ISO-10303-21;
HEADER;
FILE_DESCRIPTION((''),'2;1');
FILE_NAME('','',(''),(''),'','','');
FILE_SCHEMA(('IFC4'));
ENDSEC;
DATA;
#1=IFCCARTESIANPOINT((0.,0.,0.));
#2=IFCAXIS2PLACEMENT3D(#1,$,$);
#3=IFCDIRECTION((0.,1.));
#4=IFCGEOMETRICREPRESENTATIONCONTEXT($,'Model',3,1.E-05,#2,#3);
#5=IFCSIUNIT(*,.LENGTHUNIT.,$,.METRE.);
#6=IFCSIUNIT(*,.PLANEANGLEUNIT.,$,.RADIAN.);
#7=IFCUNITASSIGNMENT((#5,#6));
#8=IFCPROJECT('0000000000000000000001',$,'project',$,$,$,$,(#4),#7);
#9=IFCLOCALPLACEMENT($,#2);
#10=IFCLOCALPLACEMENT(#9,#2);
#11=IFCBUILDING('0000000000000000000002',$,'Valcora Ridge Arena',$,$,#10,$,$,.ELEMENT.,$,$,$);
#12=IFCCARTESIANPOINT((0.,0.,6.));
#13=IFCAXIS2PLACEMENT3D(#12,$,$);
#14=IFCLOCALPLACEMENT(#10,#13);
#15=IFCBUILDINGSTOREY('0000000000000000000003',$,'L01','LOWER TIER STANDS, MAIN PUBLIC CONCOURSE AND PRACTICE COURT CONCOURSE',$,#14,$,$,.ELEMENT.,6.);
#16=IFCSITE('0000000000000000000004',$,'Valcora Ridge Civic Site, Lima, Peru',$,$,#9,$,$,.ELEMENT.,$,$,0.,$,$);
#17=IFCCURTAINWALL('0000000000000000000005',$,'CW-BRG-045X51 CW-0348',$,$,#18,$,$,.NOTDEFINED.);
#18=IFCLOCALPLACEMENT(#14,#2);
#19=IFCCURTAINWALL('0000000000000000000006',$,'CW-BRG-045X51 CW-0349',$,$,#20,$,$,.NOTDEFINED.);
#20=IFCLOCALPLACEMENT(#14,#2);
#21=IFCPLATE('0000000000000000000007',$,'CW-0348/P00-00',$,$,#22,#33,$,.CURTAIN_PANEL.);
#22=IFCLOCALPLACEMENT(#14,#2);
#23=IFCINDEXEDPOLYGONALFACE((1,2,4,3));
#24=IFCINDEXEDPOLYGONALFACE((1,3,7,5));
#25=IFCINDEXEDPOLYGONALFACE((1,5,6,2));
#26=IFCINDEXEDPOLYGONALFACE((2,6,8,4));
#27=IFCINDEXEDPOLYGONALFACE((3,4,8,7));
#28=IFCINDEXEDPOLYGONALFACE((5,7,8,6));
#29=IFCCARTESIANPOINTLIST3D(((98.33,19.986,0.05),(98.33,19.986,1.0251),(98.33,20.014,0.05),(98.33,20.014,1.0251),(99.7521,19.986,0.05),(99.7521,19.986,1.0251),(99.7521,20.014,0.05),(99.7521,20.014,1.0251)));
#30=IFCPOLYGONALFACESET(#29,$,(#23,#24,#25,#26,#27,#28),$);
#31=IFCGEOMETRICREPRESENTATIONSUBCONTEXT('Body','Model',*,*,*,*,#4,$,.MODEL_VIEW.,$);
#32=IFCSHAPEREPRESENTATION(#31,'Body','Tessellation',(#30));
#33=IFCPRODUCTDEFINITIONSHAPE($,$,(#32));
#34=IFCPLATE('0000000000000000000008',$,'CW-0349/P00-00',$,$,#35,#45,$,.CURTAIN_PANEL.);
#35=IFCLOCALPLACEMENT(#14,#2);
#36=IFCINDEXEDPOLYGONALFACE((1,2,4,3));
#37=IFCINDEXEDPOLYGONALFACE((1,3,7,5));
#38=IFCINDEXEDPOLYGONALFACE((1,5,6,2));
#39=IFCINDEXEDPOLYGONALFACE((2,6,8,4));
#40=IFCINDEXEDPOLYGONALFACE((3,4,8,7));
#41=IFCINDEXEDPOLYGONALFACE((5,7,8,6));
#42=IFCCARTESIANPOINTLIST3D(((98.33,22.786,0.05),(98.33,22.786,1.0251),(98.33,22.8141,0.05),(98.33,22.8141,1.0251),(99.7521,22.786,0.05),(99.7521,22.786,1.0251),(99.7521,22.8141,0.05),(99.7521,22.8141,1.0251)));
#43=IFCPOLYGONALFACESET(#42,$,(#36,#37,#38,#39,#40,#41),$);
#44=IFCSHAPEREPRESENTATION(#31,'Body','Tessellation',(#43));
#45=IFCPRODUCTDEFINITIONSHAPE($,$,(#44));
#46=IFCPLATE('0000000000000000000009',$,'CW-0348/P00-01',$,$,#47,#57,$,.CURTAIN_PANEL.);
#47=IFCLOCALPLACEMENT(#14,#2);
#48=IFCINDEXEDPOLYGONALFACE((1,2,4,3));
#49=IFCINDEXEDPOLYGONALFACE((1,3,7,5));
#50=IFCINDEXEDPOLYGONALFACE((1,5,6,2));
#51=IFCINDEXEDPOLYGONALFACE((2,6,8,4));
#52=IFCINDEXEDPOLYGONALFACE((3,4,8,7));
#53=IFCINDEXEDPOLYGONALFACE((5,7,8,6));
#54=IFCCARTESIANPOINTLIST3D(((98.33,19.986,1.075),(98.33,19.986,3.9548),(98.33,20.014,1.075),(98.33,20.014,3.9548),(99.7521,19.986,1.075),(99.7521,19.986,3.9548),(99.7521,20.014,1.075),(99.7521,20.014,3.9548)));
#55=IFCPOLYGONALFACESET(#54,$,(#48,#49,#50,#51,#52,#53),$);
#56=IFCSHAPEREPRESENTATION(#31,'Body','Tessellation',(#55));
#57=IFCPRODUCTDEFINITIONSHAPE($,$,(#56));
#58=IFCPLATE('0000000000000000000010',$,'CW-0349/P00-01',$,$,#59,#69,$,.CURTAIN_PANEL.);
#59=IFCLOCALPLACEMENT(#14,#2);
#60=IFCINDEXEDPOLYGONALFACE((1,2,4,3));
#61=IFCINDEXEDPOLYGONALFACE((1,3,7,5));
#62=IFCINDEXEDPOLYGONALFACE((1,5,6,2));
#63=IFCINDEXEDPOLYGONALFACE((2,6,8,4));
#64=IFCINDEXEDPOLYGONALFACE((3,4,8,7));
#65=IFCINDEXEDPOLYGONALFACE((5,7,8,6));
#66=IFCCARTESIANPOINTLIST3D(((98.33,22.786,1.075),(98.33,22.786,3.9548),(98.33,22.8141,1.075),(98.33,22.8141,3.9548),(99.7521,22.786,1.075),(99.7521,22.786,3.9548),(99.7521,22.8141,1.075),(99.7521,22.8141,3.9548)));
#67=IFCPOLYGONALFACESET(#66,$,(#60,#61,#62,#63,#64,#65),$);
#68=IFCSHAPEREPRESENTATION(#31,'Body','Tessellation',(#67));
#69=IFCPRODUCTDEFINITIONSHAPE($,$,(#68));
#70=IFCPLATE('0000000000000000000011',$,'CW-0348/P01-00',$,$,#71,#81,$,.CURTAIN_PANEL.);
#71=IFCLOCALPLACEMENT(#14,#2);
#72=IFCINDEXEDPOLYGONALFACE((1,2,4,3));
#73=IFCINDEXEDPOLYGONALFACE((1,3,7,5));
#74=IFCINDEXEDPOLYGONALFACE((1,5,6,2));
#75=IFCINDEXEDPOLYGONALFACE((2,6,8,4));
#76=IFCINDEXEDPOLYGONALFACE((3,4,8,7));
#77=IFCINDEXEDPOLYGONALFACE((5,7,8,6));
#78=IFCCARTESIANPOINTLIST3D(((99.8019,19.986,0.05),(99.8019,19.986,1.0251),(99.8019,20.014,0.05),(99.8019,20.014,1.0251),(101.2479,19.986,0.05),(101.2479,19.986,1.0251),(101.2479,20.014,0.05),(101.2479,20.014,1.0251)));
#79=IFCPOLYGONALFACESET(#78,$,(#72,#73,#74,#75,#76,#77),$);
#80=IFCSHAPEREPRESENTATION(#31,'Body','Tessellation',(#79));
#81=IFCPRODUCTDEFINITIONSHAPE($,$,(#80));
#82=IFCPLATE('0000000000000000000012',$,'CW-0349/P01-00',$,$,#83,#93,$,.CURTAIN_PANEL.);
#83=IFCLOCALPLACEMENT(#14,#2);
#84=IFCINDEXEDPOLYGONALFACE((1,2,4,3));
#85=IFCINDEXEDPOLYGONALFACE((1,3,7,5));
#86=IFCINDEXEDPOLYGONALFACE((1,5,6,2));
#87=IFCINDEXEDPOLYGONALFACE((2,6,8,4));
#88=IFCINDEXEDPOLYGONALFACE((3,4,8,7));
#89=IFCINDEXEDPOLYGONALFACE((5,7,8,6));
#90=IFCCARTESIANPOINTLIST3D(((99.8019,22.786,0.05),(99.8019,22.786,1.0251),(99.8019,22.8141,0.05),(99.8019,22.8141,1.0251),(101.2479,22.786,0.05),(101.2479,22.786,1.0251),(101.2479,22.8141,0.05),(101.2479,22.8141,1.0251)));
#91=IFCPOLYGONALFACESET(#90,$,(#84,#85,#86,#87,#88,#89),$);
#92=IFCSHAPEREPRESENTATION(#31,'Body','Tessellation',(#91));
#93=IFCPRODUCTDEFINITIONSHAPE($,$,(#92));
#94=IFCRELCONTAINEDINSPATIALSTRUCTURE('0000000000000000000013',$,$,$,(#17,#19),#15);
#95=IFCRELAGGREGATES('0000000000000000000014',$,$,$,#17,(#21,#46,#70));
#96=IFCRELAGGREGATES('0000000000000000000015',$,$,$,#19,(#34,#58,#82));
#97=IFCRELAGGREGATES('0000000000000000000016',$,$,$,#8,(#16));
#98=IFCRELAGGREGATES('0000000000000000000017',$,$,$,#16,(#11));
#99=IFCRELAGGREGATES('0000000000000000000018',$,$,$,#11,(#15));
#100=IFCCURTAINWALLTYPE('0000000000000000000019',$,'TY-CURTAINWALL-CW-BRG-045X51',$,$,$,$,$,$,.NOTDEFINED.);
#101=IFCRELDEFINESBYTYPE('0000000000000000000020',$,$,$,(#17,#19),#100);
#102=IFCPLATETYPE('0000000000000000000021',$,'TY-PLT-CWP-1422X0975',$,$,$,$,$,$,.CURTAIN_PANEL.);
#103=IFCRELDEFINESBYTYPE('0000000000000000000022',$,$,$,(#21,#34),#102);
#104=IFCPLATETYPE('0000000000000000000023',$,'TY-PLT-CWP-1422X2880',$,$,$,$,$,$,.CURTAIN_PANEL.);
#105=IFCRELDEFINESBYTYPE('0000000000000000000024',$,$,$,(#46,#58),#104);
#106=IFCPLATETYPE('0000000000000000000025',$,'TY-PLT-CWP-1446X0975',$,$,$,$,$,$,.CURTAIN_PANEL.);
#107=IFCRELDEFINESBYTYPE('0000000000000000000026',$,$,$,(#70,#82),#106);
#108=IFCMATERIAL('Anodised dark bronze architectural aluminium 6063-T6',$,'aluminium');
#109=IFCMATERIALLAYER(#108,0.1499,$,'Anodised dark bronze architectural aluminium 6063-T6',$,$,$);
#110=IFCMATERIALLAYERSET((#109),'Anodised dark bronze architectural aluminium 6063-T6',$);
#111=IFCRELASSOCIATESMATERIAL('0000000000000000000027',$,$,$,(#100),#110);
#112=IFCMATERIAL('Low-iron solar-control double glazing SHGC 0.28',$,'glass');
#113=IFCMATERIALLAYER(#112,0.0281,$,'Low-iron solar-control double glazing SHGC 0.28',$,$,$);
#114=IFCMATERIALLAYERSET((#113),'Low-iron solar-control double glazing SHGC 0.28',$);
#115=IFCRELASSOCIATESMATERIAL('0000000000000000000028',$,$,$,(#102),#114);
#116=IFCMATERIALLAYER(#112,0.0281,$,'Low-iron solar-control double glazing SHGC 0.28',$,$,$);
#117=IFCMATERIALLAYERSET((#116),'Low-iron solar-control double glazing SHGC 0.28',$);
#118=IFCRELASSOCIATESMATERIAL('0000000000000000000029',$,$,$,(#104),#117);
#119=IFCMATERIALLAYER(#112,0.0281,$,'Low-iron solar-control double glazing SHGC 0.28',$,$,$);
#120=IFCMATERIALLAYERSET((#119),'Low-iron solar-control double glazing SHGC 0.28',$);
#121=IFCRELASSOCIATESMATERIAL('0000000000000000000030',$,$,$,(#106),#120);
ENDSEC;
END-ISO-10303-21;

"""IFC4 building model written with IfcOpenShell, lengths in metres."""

from ifc_helpers import new_model, si_unit, direction, frame, origin, origin_2d, place, context, subcontext, project, spatial, rectangle, extrude, material, layer, layer_set, type_object, element, aggregate, save


model = new_model("IFC4")

# Units and contexts
model_context = context("Model", 3, precision=1e-05, world=origin(), true_north=direction((0.0, 1.0)))
body_context = subcontext(model_context, "Body", "Model", "MODEL_VIEW")
ifc_project = project(units=[si_unit("LENGTHUNIT", "METRE"), si_unit("PLANEANGLEUNIT", "RADIAN")], contexts=[model_context])

# Site, building, storey
site_placement = place(None, origin())
site = spatial("IfcSite", under=ifc_project, at=site_placement, Name="Valcora Ridge Civic Site, Lima, Peru", CompositionType="ELEMENT", RefElevation=0.0)
building_placement = place(site_placement, origin())
building = spatial("IfcBuilding", under=site, at=building_placement, Name="Valcora Ridge Arena", CompositionType="ELEMENT")
storey_placement = place(building_placement, frame((0.0, 0.0, 6.0)))
storey = spatial("IfcBuildingStorey", under=building, at=storey_placement, Name="L01", Description="LOWER TIER STANDS, MAIN PUBLIC CONCOURSE AND PRACTICE COURT CONCOURSE", CompositionType="ELEMENT", Elevation=6.0)

# Curtain walls
ifc_material_1 = material(Name="Anodised dark bronze architectural aluminium 6063-T6", Category="aluminium")
ifc_layer_1 = layer(ifc_material_1, 0.1499, Name="Anodised dark bronze architectural aluminium 6063-T6")
ifc_layer_set_1 = layer_set([ifc_layer_1], Name="Anodised dark bronze architectural aluminium 6063-T6")
curtain_wall_type = type_object("IfcCurtainWallType", Name="TY-CURTAINWALL-CW-BRG-045X51", PredefinedType="NOTDEFINED", material=ifc_layer_set_1)
curtain_wall_1_placement = place(storey_placement, origin())
curtain_wall_1 = element("IfcCurtainWall", 1, at=curtain_wall_1_placement, inside=storey, type_object=curtain_wall_type, Name="CW-BRG-045X51 CW-0348", PredefinedType="NOTDEFINED")
curtain_wall_2_placement = place(storey_placement, origin())
curtain_wall_2 = element("IfcCurtainWall", 2, at=curtain_wall_2_placement, inside=storey, type_object=curtain_wall_type, Name="CW-BRG-045X51 CW-0349", PredefinedType="NOTDEFINED")

# Plates
ifc_material_2 = material(Name="Low-iron solar-control double glazing SHGC 0.28", Category="glass")
ifc_layer_2 = layer(ifc_material_2, 0.0281, Name="Low-iron solar-control double glazing SHGC 0.28")
ifc_layer_set_2 = layer_set([ifc_layer_2], Name="Low-iron solar-control double glazing SHGC 0.28")
plate_type_1 = type_object("IfcPlateType", Name="TY-PLT-CWP-1422X0975", PredefinedType="CURTAIN_PANEL", material=ifc_layer_set_2)
plate_1_placement = place(storey_placement, frame((99.041, 20.0, 0.05), z_axis=(0.0, 0.0, 1.0), x_axis=(1.0, 0.0, 0.0)))
plate_1 = element("IfcPlate", 3, at=plate_1_placement, type_object=plate_type_1, Name="CW-0348/P00-00", PredefinedType="CURTAIN_PANEL", context=body_context, shape_type="SweptSolid", body=[
    extrude(rectangle(XDim=1.4221, YDim=0.0281, at=origin_2d()), origin(), (0.0, 0.0, 1.0), 0.9751),
])
plate_2_placement = place(storey_placement, frame((99.041, 22.8, 0.05), z_axis=(0.0, 0.0, 1.0), x_axis=(1.0, 0.0, 0.0)))
plate_2 = element("IfcPlate", 4, at=plate_2_placement, type_object=plate_type_1, Name="CW-0349/P00-00", PredefinedType="CURTAIN_PANEL", context=body_context, shape_type="SweptSolid", body=[
    extrude(rectangle(XDim=1.4221, YDim=0.0281, at=origin_2d()), origin(), (0.0, 0.0, 1.0), 0.9751),
])
ifc_layer_3 = layer(ifc_material_2, 0.0281, Name="Low-iron solar-control double glazing SHGC 0.28")
ifc_layer_set_3 = layer_set([ifc_layer_3], Name="Low-iron solar-control double glazing SHGC 0.28")
plate_type_2 = type_object("IfcPlateType", Name="TY-PLT-CWP-1422X2880", PredefinedType="CURTAIN_PANEL", material=ifc_layer_set_3)
plate_3_placement = place(storey_placement, frame((99.041, 20.0, 1.075), z_axis=(0.0, 0.0, 1.0), x_axis=(1.0, 0.0, 0.0)))
plate_3 = element("IfcPlate", 5, at=plate_3_placement, type_object=plate_type_2, Name="CW-0348/P00-01", PredefinedType="CURTAIN_PANEL", context=body_context, shape_type="SweptSolid", body=[
    extrude(rectangle(XDim=1.4221, YDim=0.0281, at=origin_2d()), origin(), (0.0, 0.0, 1.0), 2.8799),
])
plate_4_placement = place(storey_placement, frame((99.041, 22.8, 1.075), z_axis=(0.0, 0.0, 1.0), x_axis=(1.0, 0.0, 0.0)))
plate_4 = element("IfcPlate", 6, at=plate_4_placement, type_object=plate_type_2, Name="CW-0349/P00-01", PredefinedType="CURTAIN_PANEL", context=body_context, shape_type="SweptSolid", body=[
    extrude(rectangle(XDim=1.4221, YDim=0.0281, at=origin_2d()), origin(), (0.0, 0.0, 1.0), 2.8799),
])
ifc_layer_4 = layer(ifc_material_2, 0.0281, Name="Low-iron solar-control double glazing SHGC 0.28")
ifc_layer_set_4 = layer_set([ifc_layer_4], Name="Low-iron solar-control double glazing SHGC 0.28")
plate_type_3 = type_object("IfcPlateType", Name="TY-PLT-CWP-1446X0975", PredefinedType="CURTAIN_PANEL", material=ifc_layer_set_4)
plate_5_placement = place(storey_placement, frame((100.5249, 20.0, 0.05), z_axis=(0.0, 0.0, 1.0), x_axis=(1.0, 0.0, 0.0)))
plate_5 = element("IfcPlate", 7, at=plate_5_placement, type_object=plate_type_3, Name="CW-0348/P01-00", PredefinedType="CURTAIN_PANEL", context=body_context, shape_type="SweptSolid", body=[
    extrude(rectangle(XDim=1.446, YDim=0.0281, at=origin_2d()), origin(), (0.0, 0.0, 1.0), 0.9751),
])
aggregate(curtain_wall_1, [plate_1, plate_3, plate_5])
plate_6_placement = place(storey_placement, frame((100.5249, 22.8, 0.05), z_axis=(0.0, 0.0, 1.0), x_axis=(1.0, 0.0, 0.0)))
plate_6 = element("IfcPlate", 8, at=plate_6_placement, type_object=plate_type_3, Name="CW-0349/P01-00", PredefinedType="CURTAIN_PANEL", context=body_context, shape_type="SweptSolid", body=[
    extrude(rectangle(XDim=1.446, YDim=0.0281, at=origin_2d()), origin(), (0.0, 0.0, 1.0), 0.9751),
])
aggregate(curtain_wall_2, [plate_2, plate_4, plate_6])

save(model, "model.ifc")
